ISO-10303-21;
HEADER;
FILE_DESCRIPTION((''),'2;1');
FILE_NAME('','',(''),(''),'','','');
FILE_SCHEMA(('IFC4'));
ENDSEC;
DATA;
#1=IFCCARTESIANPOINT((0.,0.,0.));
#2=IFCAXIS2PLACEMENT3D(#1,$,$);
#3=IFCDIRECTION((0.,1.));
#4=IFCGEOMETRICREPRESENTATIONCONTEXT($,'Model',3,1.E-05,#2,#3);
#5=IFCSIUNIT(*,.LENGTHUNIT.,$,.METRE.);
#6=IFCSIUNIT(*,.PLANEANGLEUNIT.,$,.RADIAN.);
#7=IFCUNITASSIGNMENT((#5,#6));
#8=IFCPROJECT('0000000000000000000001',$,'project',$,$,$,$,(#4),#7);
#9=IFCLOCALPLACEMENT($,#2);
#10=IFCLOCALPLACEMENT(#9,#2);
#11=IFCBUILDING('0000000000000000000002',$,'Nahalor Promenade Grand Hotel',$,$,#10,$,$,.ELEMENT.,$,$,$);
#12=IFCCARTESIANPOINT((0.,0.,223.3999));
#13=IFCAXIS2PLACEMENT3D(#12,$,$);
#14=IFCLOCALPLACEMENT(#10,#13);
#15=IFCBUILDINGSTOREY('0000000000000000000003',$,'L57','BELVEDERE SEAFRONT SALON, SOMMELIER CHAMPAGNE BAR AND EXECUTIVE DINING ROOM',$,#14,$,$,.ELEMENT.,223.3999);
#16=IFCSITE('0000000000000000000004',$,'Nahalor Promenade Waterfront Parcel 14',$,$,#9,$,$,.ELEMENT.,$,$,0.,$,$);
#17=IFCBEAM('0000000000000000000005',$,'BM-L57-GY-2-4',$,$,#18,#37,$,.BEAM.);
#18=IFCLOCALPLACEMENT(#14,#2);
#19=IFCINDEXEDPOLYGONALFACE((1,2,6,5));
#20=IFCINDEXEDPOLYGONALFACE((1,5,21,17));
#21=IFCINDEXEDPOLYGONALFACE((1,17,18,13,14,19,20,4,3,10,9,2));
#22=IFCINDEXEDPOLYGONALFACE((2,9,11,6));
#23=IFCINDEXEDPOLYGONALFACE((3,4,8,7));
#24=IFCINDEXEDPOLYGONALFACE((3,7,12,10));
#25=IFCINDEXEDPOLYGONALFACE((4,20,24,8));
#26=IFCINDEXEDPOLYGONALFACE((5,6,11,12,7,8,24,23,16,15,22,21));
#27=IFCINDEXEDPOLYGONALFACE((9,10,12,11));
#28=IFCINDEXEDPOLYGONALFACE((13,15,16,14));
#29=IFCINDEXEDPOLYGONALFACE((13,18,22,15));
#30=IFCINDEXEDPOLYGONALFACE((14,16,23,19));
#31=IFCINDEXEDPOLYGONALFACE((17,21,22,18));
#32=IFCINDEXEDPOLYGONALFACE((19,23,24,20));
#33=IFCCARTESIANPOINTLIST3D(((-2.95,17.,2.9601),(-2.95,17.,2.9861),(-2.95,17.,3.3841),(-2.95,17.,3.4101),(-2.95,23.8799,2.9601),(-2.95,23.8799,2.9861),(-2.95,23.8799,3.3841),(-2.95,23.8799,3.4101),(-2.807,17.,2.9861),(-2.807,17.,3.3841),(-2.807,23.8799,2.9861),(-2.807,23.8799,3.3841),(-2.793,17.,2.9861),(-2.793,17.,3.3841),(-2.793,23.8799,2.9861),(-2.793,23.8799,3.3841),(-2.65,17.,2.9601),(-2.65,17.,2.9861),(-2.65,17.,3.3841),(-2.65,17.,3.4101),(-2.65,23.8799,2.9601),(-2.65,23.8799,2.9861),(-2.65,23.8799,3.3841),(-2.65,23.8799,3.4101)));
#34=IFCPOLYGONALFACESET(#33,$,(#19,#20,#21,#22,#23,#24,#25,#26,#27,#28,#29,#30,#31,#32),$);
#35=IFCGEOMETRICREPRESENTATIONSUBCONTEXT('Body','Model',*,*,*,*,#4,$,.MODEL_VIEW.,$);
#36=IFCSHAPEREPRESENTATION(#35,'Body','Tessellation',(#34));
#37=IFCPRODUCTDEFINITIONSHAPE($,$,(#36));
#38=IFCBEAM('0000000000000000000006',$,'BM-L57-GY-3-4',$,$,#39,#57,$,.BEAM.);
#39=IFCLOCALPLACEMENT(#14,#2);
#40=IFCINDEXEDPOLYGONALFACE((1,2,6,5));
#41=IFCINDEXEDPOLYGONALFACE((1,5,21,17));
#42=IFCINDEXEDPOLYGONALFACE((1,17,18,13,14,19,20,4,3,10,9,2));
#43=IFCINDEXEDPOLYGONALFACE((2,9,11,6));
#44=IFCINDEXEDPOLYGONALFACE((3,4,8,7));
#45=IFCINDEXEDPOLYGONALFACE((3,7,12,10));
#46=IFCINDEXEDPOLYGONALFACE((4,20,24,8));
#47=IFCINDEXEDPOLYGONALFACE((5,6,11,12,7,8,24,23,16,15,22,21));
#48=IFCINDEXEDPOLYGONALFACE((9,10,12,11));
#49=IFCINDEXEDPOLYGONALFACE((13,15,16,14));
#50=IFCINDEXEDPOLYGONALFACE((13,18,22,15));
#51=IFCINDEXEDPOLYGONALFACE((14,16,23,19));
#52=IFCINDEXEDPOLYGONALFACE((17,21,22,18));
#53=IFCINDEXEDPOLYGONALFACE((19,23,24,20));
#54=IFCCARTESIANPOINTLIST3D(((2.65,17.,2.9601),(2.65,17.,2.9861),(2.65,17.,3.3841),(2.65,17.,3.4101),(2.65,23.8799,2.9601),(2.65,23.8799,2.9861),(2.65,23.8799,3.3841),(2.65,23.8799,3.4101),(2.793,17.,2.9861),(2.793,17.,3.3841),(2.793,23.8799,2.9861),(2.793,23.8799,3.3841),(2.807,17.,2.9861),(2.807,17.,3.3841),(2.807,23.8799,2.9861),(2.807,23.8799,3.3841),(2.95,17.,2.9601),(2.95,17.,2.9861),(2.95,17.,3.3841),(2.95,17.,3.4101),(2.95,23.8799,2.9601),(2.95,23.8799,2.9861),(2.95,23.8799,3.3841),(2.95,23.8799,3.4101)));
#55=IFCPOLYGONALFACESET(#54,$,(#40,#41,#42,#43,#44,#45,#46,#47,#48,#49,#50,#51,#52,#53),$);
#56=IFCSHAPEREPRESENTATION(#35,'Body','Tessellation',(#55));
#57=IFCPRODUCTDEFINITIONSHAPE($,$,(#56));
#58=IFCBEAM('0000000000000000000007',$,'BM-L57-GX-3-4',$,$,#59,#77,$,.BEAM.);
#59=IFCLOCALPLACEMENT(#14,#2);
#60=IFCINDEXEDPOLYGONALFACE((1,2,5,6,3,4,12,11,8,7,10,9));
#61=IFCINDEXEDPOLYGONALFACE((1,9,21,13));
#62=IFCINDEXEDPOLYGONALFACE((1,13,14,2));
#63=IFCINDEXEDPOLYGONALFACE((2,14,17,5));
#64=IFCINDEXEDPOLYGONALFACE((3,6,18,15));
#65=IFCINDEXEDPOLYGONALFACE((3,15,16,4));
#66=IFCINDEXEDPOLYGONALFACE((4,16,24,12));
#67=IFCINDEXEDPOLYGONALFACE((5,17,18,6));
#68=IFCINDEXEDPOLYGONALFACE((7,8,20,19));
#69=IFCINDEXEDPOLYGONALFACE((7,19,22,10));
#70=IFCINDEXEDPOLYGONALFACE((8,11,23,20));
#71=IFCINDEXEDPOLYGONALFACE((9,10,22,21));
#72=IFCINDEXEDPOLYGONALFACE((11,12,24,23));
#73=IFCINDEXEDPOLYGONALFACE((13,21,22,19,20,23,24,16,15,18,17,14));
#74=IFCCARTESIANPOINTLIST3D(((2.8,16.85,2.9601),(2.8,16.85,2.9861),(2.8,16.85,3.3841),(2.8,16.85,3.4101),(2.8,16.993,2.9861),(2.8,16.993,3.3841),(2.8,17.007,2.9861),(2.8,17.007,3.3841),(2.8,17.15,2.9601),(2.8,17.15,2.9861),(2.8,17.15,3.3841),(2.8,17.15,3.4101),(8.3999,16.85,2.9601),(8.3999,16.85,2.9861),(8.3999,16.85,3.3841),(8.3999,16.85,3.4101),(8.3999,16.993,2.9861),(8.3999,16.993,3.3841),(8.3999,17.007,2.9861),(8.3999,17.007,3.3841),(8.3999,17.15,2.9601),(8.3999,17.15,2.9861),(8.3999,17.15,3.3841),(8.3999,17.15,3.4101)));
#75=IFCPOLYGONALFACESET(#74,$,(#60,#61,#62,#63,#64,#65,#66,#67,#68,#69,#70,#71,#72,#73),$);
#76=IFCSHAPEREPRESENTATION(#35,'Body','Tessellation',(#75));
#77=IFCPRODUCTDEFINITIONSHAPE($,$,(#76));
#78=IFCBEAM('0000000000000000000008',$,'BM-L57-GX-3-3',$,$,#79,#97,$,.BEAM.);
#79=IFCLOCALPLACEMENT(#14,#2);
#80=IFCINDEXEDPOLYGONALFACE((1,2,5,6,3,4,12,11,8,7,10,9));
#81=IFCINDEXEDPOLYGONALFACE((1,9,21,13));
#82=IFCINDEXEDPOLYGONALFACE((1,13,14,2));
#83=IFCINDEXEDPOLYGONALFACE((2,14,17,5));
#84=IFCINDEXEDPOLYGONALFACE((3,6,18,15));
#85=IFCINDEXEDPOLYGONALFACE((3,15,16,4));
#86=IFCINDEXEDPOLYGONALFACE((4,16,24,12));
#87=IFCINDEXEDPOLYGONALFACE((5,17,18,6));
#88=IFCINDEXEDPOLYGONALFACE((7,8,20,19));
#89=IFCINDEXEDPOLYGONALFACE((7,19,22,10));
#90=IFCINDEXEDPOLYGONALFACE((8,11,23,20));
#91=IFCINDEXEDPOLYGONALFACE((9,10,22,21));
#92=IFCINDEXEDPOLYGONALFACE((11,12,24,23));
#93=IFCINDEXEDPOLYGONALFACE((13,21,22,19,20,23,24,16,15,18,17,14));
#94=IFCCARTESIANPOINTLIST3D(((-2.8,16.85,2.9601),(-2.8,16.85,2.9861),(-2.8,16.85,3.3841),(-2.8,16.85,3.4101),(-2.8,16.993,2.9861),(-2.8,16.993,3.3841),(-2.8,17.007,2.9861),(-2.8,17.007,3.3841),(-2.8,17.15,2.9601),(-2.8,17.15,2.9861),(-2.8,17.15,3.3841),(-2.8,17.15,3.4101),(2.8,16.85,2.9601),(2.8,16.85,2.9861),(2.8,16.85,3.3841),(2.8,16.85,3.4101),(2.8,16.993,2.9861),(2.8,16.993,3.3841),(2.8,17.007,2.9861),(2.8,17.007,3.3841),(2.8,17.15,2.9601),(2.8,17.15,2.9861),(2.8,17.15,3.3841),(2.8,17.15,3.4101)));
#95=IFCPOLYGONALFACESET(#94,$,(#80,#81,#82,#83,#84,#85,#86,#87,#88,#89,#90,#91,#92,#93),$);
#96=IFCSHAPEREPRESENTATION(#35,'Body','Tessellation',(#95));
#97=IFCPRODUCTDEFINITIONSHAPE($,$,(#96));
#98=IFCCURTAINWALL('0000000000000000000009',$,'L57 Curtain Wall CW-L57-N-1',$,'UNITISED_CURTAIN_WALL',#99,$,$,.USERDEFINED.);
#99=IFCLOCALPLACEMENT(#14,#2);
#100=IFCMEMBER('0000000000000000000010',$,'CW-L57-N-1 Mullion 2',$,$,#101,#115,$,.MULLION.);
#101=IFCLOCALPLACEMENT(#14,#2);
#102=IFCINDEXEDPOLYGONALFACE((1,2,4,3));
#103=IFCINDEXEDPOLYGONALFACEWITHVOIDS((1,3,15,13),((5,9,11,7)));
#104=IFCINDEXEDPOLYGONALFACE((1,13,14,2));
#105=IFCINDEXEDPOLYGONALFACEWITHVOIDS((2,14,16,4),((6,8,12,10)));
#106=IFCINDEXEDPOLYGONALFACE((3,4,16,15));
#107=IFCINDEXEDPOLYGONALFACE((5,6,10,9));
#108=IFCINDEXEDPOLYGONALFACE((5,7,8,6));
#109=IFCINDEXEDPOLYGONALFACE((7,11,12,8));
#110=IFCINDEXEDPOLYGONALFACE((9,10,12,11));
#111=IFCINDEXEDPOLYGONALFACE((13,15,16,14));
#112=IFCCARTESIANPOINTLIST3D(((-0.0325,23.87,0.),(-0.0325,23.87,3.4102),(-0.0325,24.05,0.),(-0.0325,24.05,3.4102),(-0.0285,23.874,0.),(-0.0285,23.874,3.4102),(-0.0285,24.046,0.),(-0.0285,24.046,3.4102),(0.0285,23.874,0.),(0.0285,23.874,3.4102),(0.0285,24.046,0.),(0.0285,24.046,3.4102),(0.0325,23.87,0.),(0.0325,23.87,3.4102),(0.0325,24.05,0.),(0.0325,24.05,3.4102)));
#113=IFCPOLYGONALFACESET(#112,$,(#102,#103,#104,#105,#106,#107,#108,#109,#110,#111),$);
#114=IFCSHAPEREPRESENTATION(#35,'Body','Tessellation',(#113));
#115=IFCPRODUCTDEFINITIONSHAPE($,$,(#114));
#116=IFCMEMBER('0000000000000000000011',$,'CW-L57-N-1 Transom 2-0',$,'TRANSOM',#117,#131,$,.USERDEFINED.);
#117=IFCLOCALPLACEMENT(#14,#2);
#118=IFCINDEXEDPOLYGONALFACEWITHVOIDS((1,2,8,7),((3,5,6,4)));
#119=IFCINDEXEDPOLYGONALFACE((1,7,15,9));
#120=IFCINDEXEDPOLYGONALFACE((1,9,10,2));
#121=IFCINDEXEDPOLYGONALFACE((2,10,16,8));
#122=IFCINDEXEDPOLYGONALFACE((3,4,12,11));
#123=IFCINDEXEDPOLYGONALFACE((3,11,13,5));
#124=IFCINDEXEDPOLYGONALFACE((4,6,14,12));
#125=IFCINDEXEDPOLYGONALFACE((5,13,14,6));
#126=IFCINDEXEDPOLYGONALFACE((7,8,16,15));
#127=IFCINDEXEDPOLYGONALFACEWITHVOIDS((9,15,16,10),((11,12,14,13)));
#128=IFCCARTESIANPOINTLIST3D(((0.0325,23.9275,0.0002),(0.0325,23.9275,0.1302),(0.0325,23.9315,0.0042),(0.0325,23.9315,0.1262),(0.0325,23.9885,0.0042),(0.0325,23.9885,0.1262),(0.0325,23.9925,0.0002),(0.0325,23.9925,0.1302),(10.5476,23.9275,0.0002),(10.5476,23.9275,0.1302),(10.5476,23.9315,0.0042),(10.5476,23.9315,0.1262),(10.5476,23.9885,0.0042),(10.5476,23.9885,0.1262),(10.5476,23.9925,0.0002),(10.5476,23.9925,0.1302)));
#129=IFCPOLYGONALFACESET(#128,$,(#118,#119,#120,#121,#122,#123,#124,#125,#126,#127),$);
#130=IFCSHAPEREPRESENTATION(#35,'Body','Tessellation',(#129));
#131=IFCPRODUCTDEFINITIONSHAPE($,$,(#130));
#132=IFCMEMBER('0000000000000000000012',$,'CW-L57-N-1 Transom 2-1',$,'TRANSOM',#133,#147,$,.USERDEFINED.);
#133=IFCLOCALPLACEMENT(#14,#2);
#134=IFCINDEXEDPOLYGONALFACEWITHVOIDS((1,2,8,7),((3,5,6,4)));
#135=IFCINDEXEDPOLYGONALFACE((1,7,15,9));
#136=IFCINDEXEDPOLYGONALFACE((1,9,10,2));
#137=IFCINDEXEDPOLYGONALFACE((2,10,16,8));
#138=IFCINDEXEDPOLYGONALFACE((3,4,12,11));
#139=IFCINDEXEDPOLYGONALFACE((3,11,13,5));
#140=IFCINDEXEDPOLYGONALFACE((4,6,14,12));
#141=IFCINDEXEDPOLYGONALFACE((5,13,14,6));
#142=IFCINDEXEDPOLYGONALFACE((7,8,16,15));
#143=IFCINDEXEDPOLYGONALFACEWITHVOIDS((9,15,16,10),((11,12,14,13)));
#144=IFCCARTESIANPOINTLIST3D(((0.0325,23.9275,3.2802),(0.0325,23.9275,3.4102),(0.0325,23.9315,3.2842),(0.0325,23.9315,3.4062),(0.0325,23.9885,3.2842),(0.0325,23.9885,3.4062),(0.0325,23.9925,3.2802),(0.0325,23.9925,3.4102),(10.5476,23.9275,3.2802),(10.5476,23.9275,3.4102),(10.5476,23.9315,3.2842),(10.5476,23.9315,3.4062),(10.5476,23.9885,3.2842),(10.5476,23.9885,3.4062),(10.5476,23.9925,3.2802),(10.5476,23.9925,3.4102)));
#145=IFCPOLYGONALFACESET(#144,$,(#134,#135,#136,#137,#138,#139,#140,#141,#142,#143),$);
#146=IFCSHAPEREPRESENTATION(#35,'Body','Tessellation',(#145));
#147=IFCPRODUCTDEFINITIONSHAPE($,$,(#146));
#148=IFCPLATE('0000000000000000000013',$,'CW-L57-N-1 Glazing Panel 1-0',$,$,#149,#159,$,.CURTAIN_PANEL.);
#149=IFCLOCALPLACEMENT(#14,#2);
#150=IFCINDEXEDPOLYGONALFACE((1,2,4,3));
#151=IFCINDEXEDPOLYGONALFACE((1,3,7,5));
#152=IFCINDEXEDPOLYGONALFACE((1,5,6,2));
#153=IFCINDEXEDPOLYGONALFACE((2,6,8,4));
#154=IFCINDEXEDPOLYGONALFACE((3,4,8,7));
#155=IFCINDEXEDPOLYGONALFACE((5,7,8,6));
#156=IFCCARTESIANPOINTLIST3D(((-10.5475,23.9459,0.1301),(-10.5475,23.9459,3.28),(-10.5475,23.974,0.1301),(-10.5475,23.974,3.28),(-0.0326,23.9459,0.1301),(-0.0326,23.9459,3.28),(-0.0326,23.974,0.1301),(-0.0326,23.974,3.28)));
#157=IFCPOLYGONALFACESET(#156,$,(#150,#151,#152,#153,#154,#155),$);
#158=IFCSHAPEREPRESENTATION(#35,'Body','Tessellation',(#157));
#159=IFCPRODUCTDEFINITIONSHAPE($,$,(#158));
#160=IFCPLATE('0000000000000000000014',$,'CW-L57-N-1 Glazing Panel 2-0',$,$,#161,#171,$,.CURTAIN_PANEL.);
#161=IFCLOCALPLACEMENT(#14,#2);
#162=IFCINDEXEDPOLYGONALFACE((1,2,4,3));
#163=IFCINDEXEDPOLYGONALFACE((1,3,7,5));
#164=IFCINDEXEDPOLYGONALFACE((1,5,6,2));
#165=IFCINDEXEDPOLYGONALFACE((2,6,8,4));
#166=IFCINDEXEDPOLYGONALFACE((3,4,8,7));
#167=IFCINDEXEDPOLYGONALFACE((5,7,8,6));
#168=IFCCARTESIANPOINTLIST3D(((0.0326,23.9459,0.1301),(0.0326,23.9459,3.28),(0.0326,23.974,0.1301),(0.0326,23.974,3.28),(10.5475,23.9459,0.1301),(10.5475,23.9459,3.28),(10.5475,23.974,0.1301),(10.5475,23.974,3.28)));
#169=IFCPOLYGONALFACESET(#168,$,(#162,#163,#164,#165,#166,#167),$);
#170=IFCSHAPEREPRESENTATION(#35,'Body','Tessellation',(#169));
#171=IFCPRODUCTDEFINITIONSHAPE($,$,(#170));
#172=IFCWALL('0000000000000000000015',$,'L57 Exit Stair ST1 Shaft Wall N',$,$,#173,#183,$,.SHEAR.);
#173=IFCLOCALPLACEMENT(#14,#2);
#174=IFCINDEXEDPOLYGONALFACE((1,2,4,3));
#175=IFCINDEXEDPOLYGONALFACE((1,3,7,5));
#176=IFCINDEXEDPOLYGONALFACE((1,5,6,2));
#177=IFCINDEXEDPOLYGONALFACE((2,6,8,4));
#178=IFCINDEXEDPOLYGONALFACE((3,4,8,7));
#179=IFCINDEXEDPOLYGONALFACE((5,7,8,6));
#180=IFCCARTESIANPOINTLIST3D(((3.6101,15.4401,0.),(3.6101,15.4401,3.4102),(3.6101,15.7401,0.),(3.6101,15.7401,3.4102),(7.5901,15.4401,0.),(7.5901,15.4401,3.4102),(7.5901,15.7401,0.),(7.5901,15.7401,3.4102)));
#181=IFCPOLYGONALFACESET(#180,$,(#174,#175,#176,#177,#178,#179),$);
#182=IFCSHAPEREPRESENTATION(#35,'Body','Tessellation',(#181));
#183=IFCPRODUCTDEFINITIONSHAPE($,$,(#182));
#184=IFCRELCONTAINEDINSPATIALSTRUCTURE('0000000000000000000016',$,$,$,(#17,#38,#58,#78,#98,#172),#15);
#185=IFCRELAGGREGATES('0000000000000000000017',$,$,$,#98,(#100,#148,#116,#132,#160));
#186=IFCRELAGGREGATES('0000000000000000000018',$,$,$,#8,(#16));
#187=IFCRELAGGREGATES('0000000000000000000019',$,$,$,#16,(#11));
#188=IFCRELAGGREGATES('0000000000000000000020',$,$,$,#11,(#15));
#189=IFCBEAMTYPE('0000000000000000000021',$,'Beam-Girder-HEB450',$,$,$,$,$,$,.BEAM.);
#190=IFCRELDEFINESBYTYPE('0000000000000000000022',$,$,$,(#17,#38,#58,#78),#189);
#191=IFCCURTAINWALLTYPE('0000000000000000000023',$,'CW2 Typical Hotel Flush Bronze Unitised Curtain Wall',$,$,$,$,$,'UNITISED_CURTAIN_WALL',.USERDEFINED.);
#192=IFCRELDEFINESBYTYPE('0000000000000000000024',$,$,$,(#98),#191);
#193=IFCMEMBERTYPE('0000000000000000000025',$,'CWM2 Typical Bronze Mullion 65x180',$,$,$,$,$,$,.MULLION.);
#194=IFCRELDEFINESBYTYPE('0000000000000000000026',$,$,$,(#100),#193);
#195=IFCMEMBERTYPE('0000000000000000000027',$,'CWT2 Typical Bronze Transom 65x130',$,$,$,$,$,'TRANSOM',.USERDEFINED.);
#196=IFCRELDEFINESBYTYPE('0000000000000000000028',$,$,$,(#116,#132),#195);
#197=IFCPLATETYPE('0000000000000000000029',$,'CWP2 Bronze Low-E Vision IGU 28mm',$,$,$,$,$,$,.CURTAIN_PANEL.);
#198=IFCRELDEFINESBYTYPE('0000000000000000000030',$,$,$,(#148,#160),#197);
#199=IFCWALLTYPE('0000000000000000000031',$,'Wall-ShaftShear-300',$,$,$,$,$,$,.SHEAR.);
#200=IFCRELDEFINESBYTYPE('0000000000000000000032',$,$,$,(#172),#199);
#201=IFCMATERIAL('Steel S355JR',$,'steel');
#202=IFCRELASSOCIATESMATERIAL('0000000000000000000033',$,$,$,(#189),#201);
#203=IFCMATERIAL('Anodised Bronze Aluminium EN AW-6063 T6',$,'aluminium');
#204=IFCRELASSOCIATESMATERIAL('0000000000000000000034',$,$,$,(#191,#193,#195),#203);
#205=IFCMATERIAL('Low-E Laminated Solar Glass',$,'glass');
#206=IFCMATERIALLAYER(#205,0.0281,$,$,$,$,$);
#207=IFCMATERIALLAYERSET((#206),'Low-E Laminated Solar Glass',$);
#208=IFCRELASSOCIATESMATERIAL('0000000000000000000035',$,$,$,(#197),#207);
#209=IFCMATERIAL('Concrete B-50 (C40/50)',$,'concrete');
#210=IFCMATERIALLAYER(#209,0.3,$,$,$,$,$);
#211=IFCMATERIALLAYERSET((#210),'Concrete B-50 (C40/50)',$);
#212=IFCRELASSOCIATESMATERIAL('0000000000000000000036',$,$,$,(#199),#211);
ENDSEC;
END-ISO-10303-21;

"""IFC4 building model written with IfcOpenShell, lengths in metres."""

from ifc_helpers import new_model, si_unit, direction, frame, frame_2d, origin, origin_2d, place, context, subcontext, project, spatial, rectangle, hollow_rectangle, i_section, extrude, source, transform, mapped, material, layer, layer_set, material_profile, profile_set, type_object, element, aggregate, save


model = new_model("IFC4")

# Units and contexts
model_context = context("Model", 3, precision=1e-05, world=origin(), true_north=direction((0.0, 1.0)))
body_context = subcontext(model_context, "Body", "Model", "MODEL_VIEW")
ifc_project = project(units=[si_unit("LENGTHUNIT", "METRE"), si_unit("PLANEANGLEUNIT", "RADIAN")], contexts=[model_context])

# Site, building, storey
site_placement = place(None, origin())
site = spatial("IfcSite", under=ifc_project, at=site_placement, Name="Nahalor Promenade Waterfront Parcel 14", CompositionType="ELEMENT", RefElevation=0.0)
building_placement = place(site_placement, origin())
building = spatial("IfcBuilding", under=site, at=building_placement, Name="Nahalor Promenade Grand Hotel", CompositionType="ELEMENT")
storey_placement = place(building_placement, frame((0.0, 0.0, 223.3999)))
storey = spatial("IfcBuildingStorey", under=building, at=storey_placement, Name="L57", Description="BELVEDERE SEAFRONT SALON, SOMMELIER CHAMPAGNE BAR AND EXECUTIVE DINING ROOM", CompositionType="ELEMENT", Elevation=223.3999)

# Shared definitions
ifc_material_1 = material(Name="Steel S355JR", Category="steel")

# Beams
ifc_material_profile_1 = material_profile(ifc_material_1, i_section(OverallWidth=0.3, OverallDepth=0.45, WebThickness=0.014, FlangeThickness=0.026, at=origin_2d()), Name="HEB 450")
ifc_profile_set_1 = profile_set([ifc_material_profile_1], Name="Steel S355JR")
beam_type_1 = type_object("IfcBeamType", Name="Beam-Girder-HEB450", PredefinedType="BEAM", material=ifc_profile_set_1)
shared_shape_1 = source(origin(), body_context, "Body", "SweptSolid", [
    extrude(i_section(OverallWidth=0.3, OverallDepth=0.45, WebThickness=0.014, FlangeThickness=0.026, at=origin_2d()), origin(), (0.0, 0.0, 1.0), 6.8799),
])
for number, where, z_axis, x_axis, name in (
    (1, (-2.8, 17.0, 3.1851), (0.0, 1.0, 0.0), (-1.0, 0.0, 0.0), "BM-L57-GY-2-4"),
    (2, (2.8, 17.0, 3.1851), (0.0, 1.0, 0.0), (-1.0, 0.0, 0.0), "BM-L57-GY-3-4"),
):
    element("IfcBeam", number, at=place(storey_placement, frame(where, z_axis=z_axis, x_axis=x_axis)), inside=storey, type_object=beam_type_1, Name=name, PredefinedType="BEAM", context=body_context, shape_type="MappedRepresentation", body=[
        mapped(shared_shape_1, transform((0.0, 0.0, 0.0), scale=1.0)),
    ])
shared_shape_2 = source(origin(), body_context, "Body", "SweptSolid", [
    extrude(i_section(OverallWidth=0.3, OverallDepth=0.45, WebThickness=0.014, FlangeThickness=0.026, at=origin_2d()), origin(), (0.0, 0.0, 1.0), 5.5999),
])
beam_1_placement = place(storey_placement, frame((2.8, 17.0, 3.1851), z_axis=(1.0, 0.0, 0.0), x_axis=(0.0, 1.0, 0.0)))
element("IfcBeam", 3, at=beam_1_placement, inside=storey, type_object=beam_type_1, Name="BM-L57-GX-3-4", PredefinedType="BEAM", context=body_context, shape_type="MappedRepresentation", body=[
    mapped(shared_shape_2, transform((0.0, 0.0, 0.0), scale=1.0)),
])
shared_shape_3 = source(origin(), body_context, "Body", "SweptSolid", [
    extrude(i_section(OverallWidth=0.3, OverallDepth=0.45, WebThickness=0.014, FlangeThickness=0.026, at=origin_2d()), origin(), (0.0, 0.0, 1.0), 5.6001),
])
beam_2_placement = place(storey_placement, frame((-2.8, 17.0, 3.1851), z_axis=(1.0, 0.0, 0.0), x_axis=(0.0, 1.0, 0.0)))
element("IfcBeam", 4, at=beam_2_placement, inside=storey, type_object=beam_type_1, Name="BM-L57-GX-3-3", PredefinedType="BEAM", context=body_context, shape_type="MappedRepresentation", body=[
    mapped(shared_shape_3, transform((0.0, 0.0, 0.0), scale=1.0)),
])

# Curtain wall, members, plates
ifc_material_2 = material(Name="Anodised Bronze Aluminium EN AW-6063 T6", Category="aluminium")
curtain_wall_type = type_object("IfcCurtainWallType", Name="CW2 Typical Hotel Flush Bronze Unitised Curtain Wall", ElementType="UNITISED_CURTAIN_WALL", PredefinedType="USERDEFINED", material=ifc_material_2)
curtain_wall_placement = place(storey_placement, origin())
curtain_wall = element("IfcCurtainWall", 5, at=curtain_wall_placement, inside=storey, type_object=curtain_wall_type, Name="L57 Curtain Wall CW-L57-N-1", ObjectType="UNITISED_CURTAIN_WALL", PredefinedType="USERDEFINED")
ifc_material_profile_2 = material_profile(ifc_material_2, hollow_rectangle(XDim=0.065, YDim=0.18, WallThickness=0.004, at=origin_2d()), Name="CWM 65x180x4")
ifc_profile_set_2 = profile_set([ifc_material_profile_2], Name="Anodised Bronze Aluminium EN AW-6063 T6")
member_type_1 = type_object("IfcMemberType", Name="CWM2 Typical Bronze Mullion 65x180", PredefinedType="MULLION", material=ifc_profile_set_2)
shared_shape_4 = source(origin(), body_context, "Body", "SweptSolid", [
    extrude(hollow_rectangle(XDim=0.065, YDim=0.18, WallThickness=0.004, at=origin_2d()), origin(), (0.0, 0.0, 1.0), 3.4102),
])
member_1_placement = place(storey_placement, frame((0.0, 23.96, 0.0), z_axis=(0.0, 0.0, 1.0), x_axis=(1.0, 0.0, 0.0)))
member_1 = element("IfcMember", 6, at=member_1_placement, type_object=member_type_1, Name="CW-L57-N-1 Mullion 2", PredefinedType="MULLION", context=body_context, shape_type="MappedRepresentation", body=[
    mapped(shared_shape_4, transform((0.0, 0.0, 0.0), scale=1.0)),
])
ifc_material_profile_3 = material_profile(ifc_material_2, hollow_rectangle(XDim=0.065, YDim=0.13, WallThickness=0.004, at=origin_2d()), Name="CWT 65x130x4")
ifc_profile_set_3 = profile_set([ifc_material_profile_3], Name="Anodised Bronze Aluminium EN AW-6063 T6")
member_type_2 = type_object("IfcMemberType", Name="CWT2 Typical Bronze Transom 65x130", ElementType="TRANSOM", PredefinedType="USERDEFINED", material=ifc_profile_set_3)
shared_shape_5 = source(origin(), body_context, "Body", "SweptSolid", [
    extrude(hollow_rectangle(XDim=0.065, YDim=0.13, WallThickness=0.004, at=origin_2d()), origin(), (0.0, 0.0, 1.0), 10.5151),
])
member_2_placement = place(storey_placement, frame((0.0325, 23.96, 0.0652), z_axis=(1.0, 0.0, 0.0), x_axis=(0.0, 1.0, 0.0)))
member_2 = element("IfcMember", 7, at=member_2_placement, type_object=member_type_2, Name="CW-L57-N-1 Transom 2-0", ObjectType="TRANSOM", PredefinedType="USERDEFINED", context=body_context, shape_type="MappedRepresentation", body=[
    mapped(shared_shape_5, transform((0.0, 0.0, 0.0), scale=1.0)),
])
member_3_placement = place(storey_placement, frame((0.0325, 23.96, 3.3452), z_axis=(1.0, 0.0, 0.0), x_axis=(0.0, 1.0, 0.0)))
member_3 = element("IfcMember", 8, at=member_3_placement, type_object=member_type_2, Name="CW-L57-N-1 Transom 2-1", ObjectType="TRANSOM", PredefinedType="USERDEFINED", context=body_context, shape_type="MappedRepresentation", body=[
    mapped(shared_shape_5, transform((0.0, 0.0, 0.0), scale=1.0)),
])
ifc_material_3 = material(Name="Low-E Laminated Solar Glass", Category="glass")
ifc_layer_1 = layer(ifc_material_3, 0.0281)
ifc_layer_set_1 = layer_set([ifc_layer_1], Name="Low-E Laminated Solar Glass")
plate_type = type_object("IfcPlateType", Name="CWP2 Bronze Low-E Vision IGU 28mm", PredefinedType="CURTAIN_PANEL", material=ifc_layer_set_1)
shared_shape_6 = source(origin(), body_context, "Body", "SweptSolid", [
    extrude(rectangle(XDim=10.5149, YDim=0.0281, at=origin_2d()), origin(), (0.0, 0.0, 1.0), 3.1499),
])
plate_1_placement = place(storey_placement, frame((-5.29, 23.96, 0.1301), z_axis=(0.0, 0.0, 1.0), x_axis=(1.0, 0.0, 0.0)))
plate_1 = element("IfcPlate", 9, at=plate_1_placement, type_object=plate_type, Name="CW-L57-N-1 Glazing Panel 1-0", PredefinedType="CURTAIN_PANEL", context=body_context, shape_type="MappedRepresentation", body=[
    mapped(shared_shape_6, transform((0.0, 0.0, 0.0), scale=1.0)),
])
plate_2_placement = place(storey_placement, frame((5.29, 23.96, 0.1301), z_axis=(0.0, 0.0, 1.0), x_axis=(1.0, 0.0, 0.0)))
plate_2 = element("IfcPlate", 10, at=plate_2_placement, type_object=plate_type, Name="CW-L57-N-1 Glazing Panel 2-0", PredefinedType="CURTAIN_PANEL", context=body_context, shape_type="MappedRepresentation", body=[
    mapped(shared_shape_6, transform((0.0, 0.0, 0.0), scale=1.0)),
])
aggregate(curtain_wall, [member_1, plate_1, member_2, member_3, plate_2])

# Wall
ifc_material_4 = material(Name="Concrete B-50 (C40/50)", Category="concrete")
ifc_layer_2 = layer(ifc_material_4, 0.3)
ifc_layer_set_2 = layer_set([ifc_layer_2], Name="Concrete B-50 (C40/50)")
wall_type_1 = type_object("IfcWallType", Name="Wall-ShaftShear-300", PredefinedType="SHEAR", material=ifc_layer_set_2)
shared_shape_7 = source(origin(), body_context, "Body", "SweptSolid", [
    extrude(rectangle(XDim=3.98, YDim=0.3, at=frame_2d((1.99, 0.0))), origin(), (0.0, 0.0, 1.0), 3.4102),
])
wall_1_placement = place(storey_placement, frame((3.6101, 15.5901, 0.0), z_axis=(0.0, 0.0, 1.0), x_axis=(1.0, 0.0, 0.0)))
element("IfcWall", 11, at=wall_1_placement, inside=storey, type_object=wall_type_1, Name="L57 Exit Stair ST1 Shaft Wall N", PredefinedType="SHEAR", context=body_context, shape_type="MappedRepresentation", body=[
    mapped(shared_shape_7, transform((0.0, 0.0, 0.0), scale=1.0)),
])

save(model, "model.ifc")
